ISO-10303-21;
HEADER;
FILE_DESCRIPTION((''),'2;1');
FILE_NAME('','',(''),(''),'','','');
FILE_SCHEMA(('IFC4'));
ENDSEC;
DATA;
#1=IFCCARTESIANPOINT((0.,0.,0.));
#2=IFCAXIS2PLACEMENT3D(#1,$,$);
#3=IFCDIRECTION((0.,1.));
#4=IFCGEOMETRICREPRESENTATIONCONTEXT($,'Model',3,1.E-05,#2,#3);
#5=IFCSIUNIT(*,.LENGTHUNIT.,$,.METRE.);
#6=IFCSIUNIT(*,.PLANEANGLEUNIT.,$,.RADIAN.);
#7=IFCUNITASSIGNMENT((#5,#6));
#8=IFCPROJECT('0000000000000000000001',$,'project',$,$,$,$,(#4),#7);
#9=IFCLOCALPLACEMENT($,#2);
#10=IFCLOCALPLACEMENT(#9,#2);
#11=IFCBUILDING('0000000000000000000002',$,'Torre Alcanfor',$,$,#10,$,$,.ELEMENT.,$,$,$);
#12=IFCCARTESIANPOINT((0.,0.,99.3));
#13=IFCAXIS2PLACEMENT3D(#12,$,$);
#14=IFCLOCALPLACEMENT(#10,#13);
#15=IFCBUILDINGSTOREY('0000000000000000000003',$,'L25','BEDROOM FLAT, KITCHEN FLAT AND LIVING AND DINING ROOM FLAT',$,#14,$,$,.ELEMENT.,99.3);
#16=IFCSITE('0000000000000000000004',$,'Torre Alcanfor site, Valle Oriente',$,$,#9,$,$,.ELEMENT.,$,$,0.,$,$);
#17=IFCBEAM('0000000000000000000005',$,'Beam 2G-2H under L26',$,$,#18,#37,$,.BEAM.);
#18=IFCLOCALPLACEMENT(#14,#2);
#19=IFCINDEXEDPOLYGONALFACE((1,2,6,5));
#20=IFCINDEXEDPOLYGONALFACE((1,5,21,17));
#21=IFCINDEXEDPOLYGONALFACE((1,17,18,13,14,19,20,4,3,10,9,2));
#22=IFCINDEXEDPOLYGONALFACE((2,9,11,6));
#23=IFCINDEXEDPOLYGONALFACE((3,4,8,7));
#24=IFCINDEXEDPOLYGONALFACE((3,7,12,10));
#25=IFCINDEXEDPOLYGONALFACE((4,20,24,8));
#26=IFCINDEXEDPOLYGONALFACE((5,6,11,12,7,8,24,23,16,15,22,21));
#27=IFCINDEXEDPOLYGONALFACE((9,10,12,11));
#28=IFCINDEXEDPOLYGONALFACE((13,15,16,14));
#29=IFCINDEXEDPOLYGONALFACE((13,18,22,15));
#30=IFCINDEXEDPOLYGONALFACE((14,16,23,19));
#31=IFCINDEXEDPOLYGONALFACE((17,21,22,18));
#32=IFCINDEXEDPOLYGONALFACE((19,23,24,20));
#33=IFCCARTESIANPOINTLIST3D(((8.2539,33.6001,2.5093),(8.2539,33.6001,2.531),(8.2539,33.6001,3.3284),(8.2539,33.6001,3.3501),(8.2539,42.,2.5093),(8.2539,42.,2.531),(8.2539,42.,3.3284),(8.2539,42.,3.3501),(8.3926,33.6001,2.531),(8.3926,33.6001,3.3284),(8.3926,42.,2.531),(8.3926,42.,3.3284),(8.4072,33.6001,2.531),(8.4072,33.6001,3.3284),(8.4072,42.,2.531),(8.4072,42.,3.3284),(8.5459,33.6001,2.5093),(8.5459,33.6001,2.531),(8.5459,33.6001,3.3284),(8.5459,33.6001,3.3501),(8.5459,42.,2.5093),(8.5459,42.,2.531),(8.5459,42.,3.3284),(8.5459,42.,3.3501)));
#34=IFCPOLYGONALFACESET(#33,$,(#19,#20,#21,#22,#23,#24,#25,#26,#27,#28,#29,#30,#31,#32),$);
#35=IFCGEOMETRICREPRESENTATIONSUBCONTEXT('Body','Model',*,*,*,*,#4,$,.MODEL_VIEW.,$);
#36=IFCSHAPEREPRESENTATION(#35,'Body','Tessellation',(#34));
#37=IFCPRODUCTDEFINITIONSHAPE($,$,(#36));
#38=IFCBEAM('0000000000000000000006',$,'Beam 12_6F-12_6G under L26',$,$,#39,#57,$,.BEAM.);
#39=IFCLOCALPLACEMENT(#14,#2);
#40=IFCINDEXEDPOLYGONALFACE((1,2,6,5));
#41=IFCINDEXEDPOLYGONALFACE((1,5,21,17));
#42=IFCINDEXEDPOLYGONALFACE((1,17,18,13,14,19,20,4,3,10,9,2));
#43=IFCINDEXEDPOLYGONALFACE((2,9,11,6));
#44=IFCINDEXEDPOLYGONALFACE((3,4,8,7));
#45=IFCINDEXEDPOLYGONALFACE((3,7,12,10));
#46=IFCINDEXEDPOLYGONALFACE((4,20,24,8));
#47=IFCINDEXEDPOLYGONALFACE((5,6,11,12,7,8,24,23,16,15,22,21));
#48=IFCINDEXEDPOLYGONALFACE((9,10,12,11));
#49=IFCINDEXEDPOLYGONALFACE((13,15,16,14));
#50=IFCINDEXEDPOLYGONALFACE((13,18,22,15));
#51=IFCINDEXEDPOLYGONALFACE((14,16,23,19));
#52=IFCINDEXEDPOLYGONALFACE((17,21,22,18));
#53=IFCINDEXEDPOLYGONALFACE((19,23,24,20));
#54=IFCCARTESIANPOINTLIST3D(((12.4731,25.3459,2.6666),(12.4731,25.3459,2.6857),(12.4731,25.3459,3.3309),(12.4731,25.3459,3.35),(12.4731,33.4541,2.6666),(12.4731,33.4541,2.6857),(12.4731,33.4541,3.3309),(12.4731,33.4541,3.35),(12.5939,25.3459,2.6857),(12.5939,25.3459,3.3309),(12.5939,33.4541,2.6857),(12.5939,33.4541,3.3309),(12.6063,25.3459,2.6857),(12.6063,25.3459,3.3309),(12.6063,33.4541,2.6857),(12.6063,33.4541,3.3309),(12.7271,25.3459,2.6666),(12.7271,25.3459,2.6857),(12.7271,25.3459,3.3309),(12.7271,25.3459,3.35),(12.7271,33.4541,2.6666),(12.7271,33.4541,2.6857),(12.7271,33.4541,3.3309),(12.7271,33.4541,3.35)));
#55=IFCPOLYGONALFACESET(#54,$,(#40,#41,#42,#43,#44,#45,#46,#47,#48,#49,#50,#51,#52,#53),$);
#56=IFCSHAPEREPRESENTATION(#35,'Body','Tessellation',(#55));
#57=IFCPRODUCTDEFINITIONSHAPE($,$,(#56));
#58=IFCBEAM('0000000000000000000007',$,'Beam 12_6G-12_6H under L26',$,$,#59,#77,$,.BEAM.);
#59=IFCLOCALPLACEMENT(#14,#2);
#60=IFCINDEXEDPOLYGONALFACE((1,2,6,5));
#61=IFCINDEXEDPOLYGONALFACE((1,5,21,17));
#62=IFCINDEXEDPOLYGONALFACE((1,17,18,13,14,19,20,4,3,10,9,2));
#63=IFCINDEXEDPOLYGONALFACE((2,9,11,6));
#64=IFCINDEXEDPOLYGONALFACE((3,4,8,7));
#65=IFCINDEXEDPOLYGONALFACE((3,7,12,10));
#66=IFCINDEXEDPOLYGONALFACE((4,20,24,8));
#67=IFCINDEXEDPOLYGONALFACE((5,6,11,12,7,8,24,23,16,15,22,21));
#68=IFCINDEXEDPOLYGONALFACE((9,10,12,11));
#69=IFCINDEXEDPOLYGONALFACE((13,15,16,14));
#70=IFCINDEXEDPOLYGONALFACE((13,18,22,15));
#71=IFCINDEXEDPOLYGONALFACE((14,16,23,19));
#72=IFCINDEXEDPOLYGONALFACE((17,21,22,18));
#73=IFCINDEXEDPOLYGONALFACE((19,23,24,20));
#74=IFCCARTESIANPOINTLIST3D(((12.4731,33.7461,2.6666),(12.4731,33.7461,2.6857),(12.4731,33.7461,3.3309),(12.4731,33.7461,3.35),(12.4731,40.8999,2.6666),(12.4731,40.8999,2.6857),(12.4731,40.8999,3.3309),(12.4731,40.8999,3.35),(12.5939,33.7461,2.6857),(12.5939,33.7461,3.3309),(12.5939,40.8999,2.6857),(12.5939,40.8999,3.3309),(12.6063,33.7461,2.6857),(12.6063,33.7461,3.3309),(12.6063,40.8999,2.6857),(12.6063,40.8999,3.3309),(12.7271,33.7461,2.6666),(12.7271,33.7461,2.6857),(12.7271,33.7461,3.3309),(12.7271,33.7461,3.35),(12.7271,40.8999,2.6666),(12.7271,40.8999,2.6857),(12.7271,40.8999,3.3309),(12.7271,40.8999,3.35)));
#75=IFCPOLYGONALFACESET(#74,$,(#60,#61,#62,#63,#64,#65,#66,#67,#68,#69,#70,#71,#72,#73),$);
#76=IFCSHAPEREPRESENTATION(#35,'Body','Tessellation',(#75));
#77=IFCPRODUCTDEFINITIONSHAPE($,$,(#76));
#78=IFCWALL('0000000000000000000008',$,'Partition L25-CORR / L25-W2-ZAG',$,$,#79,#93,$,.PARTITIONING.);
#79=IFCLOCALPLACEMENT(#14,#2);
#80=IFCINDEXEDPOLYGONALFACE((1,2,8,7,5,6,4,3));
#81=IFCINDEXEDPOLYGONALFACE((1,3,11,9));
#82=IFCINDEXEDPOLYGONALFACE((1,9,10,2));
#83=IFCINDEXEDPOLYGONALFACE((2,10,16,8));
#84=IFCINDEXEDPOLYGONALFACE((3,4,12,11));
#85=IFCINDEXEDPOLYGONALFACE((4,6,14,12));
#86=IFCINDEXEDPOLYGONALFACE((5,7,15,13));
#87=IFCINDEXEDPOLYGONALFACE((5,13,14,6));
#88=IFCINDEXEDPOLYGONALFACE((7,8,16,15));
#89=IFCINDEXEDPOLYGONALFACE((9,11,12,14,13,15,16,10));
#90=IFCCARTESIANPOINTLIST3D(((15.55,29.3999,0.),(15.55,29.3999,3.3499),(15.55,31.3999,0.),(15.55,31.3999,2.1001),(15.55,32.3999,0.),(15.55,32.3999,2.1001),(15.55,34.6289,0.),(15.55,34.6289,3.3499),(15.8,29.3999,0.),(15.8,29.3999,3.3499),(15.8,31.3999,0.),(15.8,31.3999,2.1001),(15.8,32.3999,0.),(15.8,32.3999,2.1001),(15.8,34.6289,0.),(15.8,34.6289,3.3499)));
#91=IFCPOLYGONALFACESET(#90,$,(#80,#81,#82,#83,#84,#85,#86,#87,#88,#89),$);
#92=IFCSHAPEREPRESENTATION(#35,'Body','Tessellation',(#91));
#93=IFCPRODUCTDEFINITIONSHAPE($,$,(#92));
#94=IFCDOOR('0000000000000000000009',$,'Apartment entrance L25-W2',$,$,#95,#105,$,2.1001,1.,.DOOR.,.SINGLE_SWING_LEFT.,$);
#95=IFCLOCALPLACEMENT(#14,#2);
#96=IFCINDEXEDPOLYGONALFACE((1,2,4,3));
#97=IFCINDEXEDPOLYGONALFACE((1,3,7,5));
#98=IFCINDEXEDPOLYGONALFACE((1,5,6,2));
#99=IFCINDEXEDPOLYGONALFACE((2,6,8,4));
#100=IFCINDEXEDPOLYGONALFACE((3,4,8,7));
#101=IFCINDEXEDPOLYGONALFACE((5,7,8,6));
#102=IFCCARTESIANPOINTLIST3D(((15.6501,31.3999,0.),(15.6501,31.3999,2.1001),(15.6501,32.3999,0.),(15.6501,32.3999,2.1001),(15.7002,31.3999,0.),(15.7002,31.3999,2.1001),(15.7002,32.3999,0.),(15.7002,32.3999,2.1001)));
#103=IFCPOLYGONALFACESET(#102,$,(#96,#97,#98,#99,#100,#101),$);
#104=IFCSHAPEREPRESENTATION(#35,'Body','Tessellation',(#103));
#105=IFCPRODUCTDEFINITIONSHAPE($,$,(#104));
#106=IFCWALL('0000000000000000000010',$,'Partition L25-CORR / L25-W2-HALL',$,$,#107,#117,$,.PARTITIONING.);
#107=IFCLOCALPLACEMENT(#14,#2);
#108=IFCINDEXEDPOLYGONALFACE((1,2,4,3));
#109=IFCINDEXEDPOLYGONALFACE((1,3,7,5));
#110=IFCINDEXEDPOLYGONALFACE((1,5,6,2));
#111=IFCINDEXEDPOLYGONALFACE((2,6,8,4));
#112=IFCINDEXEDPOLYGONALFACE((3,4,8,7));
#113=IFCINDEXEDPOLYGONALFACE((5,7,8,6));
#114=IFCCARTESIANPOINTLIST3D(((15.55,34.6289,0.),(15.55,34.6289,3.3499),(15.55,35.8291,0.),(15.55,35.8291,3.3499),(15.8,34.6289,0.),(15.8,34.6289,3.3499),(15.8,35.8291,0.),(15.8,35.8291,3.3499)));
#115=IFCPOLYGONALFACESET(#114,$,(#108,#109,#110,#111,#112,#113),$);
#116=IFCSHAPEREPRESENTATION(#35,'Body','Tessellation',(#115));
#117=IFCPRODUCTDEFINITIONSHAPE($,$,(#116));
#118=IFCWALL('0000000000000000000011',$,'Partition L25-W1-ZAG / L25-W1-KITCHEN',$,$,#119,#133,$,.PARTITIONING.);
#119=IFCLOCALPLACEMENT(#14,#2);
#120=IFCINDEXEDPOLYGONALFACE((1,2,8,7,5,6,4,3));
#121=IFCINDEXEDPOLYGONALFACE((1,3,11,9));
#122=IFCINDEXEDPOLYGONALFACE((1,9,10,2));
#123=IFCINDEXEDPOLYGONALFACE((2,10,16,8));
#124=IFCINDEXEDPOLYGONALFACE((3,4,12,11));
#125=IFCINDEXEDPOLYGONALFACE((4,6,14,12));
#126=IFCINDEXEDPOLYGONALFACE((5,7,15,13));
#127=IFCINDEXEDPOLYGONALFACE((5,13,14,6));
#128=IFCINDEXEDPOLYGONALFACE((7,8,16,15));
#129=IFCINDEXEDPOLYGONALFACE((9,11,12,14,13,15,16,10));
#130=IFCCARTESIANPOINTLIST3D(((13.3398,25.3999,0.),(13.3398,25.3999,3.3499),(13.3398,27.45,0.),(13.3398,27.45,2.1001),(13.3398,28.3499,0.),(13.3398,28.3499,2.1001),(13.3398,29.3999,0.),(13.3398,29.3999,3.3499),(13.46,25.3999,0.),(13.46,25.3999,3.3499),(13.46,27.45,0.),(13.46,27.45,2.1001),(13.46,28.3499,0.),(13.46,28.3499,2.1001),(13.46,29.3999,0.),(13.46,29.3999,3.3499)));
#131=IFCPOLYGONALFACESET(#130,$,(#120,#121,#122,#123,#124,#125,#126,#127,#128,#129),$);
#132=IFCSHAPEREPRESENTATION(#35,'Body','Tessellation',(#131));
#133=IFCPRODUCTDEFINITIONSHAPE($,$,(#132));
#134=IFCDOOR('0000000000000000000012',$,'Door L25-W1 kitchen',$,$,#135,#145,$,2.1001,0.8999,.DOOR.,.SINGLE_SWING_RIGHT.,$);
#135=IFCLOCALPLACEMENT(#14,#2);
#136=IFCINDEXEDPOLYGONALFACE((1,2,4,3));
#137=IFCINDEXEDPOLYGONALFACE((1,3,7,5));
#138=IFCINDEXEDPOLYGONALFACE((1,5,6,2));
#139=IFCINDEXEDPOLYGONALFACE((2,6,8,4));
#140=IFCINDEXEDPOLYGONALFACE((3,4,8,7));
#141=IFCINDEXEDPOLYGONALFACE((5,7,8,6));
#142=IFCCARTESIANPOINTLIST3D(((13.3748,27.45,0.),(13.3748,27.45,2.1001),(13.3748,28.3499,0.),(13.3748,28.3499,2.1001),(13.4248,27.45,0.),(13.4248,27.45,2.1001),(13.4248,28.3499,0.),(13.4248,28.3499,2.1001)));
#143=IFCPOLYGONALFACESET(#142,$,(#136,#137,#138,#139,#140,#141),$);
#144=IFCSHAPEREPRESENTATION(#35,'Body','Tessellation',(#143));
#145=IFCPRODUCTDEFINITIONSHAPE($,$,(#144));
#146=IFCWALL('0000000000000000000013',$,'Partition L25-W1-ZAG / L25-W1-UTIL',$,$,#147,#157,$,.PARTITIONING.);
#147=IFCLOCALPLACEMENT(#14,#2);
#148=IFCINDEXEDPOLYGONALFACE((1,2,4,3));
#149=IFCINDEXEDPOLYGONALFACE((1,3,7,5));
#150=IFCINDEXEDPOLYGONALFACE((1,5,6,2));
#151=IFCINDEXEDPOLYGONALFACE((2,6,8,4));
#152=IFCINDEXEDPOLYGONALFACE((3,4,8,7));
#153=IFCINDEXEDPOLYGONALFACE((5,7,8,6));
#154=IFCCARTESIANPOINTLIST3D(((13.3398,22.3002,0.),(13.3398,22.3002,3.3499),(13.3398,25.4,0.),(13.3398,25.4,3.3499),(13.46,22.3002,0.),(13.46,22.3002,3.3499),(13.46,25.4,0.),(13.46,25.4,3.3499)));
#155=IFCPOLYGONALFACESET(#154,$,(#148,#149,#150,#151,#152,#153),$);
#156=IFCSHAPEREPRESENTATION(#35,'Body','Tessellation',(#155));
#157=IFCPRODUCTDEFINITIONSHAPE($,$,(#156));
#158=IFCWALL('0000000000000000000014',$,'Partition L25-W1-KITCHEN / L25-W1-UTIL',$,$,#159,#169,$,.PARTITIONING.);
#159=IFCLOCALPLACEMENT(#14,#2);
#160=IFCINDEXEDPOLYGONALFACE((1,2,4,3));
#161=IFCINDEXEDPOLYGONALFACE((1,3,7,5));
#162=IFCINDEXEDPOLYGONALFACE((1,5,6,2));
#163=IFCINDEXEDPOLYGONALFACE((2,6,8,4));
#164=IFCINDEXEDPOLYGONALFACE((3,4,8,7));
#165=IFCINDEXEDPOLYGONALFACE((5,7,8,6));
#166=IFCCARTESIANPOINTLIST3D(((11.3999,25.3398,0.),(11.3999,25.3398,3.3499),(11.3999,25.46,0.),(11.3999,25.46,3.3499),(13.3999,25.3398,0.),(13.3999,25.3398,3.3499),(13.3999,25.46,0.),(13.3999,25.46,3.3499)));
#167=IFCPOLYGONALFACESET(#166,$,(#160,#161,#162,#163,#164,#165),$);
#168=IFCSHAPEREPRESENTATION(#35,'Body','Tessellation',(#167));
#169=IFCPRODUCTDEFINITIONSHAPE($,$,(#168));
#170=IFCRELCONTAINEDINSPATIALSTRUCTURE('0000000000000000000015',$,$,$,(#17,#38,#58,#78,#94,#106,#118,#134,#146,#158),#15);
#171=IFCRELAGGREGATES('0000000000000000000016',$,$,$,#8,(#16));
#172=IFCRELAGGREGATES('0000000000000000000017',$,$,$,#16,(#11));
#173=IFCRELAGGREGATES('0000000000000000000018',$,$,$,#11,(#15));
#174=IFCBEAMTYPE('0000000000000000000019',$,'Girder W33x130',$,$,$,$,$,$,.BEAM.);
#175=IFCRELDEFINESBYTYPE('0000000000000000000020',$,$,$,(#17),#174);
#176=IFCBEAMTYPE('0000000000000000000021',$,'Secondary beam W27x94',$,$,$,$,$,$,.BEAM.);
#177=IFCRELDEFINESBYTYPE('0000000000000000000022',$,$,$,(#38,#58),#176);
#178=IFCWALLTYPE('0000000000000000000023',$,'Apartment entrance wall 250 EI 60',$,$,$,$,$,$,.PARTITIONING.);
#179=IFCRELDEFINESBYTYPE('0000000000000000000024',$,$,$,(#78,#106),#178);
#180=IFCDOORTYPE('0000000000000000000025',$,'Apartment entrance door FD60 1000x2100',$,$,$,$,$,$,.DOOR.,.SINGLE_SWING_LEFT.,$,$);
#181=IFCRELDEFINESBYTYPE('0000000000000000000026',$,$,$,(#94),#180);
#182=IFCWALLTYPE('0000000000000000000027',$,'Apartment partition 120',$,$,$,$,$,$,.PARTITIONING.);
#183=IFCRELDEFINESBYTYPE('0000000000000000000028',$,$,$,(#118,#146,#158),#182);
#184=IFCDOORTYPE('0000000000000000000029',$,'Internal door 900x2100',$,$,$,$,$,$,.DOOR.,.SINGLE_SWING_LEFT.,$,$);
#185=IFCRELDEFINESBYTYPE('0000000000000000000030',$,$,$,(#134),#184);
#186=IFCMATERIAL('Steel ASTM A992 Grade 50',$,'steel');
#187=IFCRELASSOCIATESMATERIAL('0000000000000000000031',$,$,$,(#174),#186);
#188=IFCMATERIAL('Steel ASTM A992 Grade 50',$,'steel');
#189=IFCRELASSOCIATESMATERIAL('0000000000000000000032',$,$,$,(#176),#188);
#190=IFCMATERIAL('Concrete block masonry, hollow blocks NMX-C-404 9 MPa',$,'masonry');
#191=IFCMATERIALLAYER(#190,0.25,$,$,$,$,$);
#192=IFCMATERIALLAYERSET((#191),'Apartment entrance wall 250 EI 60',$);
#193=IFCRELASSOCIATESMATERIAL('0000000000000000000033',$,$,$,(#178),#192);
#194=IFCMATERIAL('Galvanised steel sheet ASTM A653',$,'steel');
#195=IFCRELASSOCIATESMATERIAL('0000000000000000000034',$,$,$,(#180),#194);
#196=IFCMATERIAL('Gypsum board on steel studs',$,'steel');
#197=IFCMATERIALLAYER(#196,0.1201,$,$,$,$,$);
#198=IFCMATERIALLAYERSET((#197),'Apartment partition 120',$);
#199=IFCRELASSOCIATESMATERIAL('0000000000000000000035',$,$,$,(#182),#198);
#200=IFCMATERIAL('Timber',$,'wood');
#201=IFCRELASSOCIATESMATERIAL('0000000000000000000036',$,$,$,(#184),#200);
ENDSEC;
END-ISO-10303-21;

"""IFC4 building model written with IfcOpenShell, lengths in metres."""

from ifc_helpers import new_model, si_unit, direction, frame, frame_2d, origin, origin_2d, place, context, subcontext, project, spatial, rectangle, i_section, extrude, material, layer, layer_set, material_profile, profile_set, type_object, element, fill, save


model = new_model("IFC4")

# Units and contexts
model_context = context("Model", 3, precision=1e-05, world=origin(), true_north=direction((0.0, 1.0)))
body_context = subcontext(model_context, "Body", "Model", "MODEL_VIEW")
ifc_project = project(units=[si_unit("LENGTHUNIT", "METRE"), si_unit("PLANEANGLEUNIT", "RADIAN")], contexts=[model_context])

# Site, building, storey
site_placement = place(None, origin())
site = spatial("IfcSite", under=ifc_project, at=site_placement, Name="Torre Alcanfor site, Valle Oriente", CompositionType="ELEMENT", RefElevation=0.0)
building_placement = place(site_placement, origin())
building = spatial("IfcBuilding", under=site, at=building_placement, Name="Torre Alcanfor", CompositionType="ELEMENT")
storey_placement = place(building_placement, frame((0.0, 0.0, 99.3)))
storey = spatial("IfcBuildingStorey", under=building, at=storey_placement, Name="L25", Description="BEDROOM FLAT, KITCHEN FLAT AND LIVING AND DINING ROOM FLAT", CompositionType="ELEMENT", Elevation=99.3)

# Beams
ifc_material_1 = material(Name="Steel ASTM A992 Grade 50", Category="steel")
ifc_material_profile_1 = material_profile(ifc_material_1, i_section(OverallWidth=0.292, OverallDepth=0.8408, WebThickness=0.0146, FlangeThickness=0.0217, at=origin_2d()), Name="W33x130")
ifc_profile_set_1 = profile_set([ifc_material_profile_1], Name="Steel ASTM A992 Grade 50")
beam_type_1 = type_object("IfcBeamType", Name="Girder W33x130", PredefinedType="BEAM", material=ifc_profile_set_1)
beam_1_placement = place(storey_placement, frame((8.3999, 33.6001, 2.9297), z_axis=(0.0, 1.0, 0.0), x_axis=(-1.0, 0.0, 0.0)))
element("IfcBeam", 1, at=beam_1_placement, inside=storey, type_object=beam_type_1, Name="Beam 2G-2H under L26", PredefinedType="BEAM", context=body_context, shape_type="SweptSolid", body=[
    extrude(i_section(OverallWidth=0.292, OverallDepth=0.8408, WebThickness=0.0146, FlangeThickness=0.0217, at=origin_2d()), origin(), (0.0, 0.0, 1.0), 8.3999),
])
ifc_material_2 = material(Name="Steel ASTM A992 Grade 50", Category="steel")
ifc_material_profile_2 = material_profile(ifc_material_2, i_section(OverallWidth=0.2539, OverallDepth=0.6833, WebThickness=0.0125, FlangeThickness=0.019, at=origin_2d()), Name="W27x94")
ifc_profile_set_2 = profile_set([ifc_material_profile_2], Name="Steel ASTM A992 Grade 50")
beam_type_2 = type_object("IfcBeamType", Name="Secondary beam W27x94", PredefinedType="BEAM", material=ifc_profile_set_2)
beam_2_placement = place(storey_placement, frame((12.6001, 25.3459, 3.0083), z_axis=(0.0, 1.0, 0.0), x_axis=(-1.0, 0.0, 0.0)))
element("IfcBeam", 2, at=beam_2_placement, inside=storey, type_object=beam_type_2, Name="Beam 12_6F-12_6G under L26", PredefinedType="BEAM", context=body_context, shape_type="SweptSolid", body=[
    extrude(i_section(OverallWidth=0.2539, OverallDepth=0.6833, WebThickness=0.0125, FlangeThickness=0.019, at=origin_2d()), origin(), (0.0, 0.0, 1.0), 8.1082),
])
beam_3_placement = place(storey_placement, frame((12.6001, 33.7461, 3.0083), z_axis=(0.0, 1.0, 0.0), x_axis=(-1.0, 0.0, 0.0)))
element("IfcBeam", 3, at=beam_3_placement, inside=storey, type_object=beam_type_2, Name="Beam 12_6G-12_6H under L26", PredefinedType="BEAM", context=body_context, shape_type="SweptSolid", body=[
    extrude(i_section(OverallWidth=0.2539, OverallDepth=0.6833, WebThickness=0.0125, FlangeThickness=0.019, at=origin_2d()), origin(), (0.0, 0.0, 1.0), 7.1538),
])

# Wall, opening, door
ifc_material_3 = material(Name="Concrete block masonry, hollow blocks NMX-C-404 9 MPa", Category="masonry")
ifc_layer_1 = layer(ifc_material_3, 0.25)
ifc_layer_set_1 = layer_set([ifc_layer_1], Name="Apartment entrance wall 250 EI 60")
wall_type_1 = type_object("IfcWallType", Name="Apartment entrance wall 250 EI 60", PredefinedType="PARTITIONING", material=ifc_layer_set_1)
wall_1_placement = place(storey_placement, frame((15.675, 29.3999, 0.0), z_axis=(0.0, 0.0, 1.0), x_axis=(0.0, 1.0, 0.0)))
wall_1 = element("IfcWall", 4, at=wall_1_placement, inside=storey, type_object=wall_type_1, Name="Partition L25-CORR / L25-W2-ZAG", PredefinedType="PARTITIONING", context=body_context, shape_type="SweptSolid", body=[
    extrude(rectangle(XDim=5.229, YDim=0.25, at=frame_2d((2.6145, 0.0))), origin(), (0.0, 0.0, 1.0), 3.3499),
])
opening_1_placement = place(wall_1_placement, frame((2.0, 0.0, 0.0)))
opening_1 = element("IfcOpeningElement", 5, at=opening_1_placement, cuts=wall_1, PredefinedType="OPENING", context=body_context, shape_type="SweptSolid", body=[
    extrude(rectangle(XDim=1.0, YDim=2.1001, at=frame_2d((0.5, 1.05))), frame((0.0, 0.135, 0.0), z_axis=(0.0, -1.0, 0.0), x_axis=(1.0, 0.0, 0.0)), (0.0, 0.0, 1.0), 0.27),
])
ifc_material_4 = material(Name="Galvanised steel sheet ASTM A653", Category="steel")
door_type_1 = type_object("IfcDoorType", Name="Apartment entrance door FD60 1000x2100", OperationType="SINGLE_SWING_LEFT", PredefinedType="DOOR", material=ifc_material_4)
door_1_placement = place(opening_1_placement, origin())
door_1 = element("IfcDoor", 6, at=door_1_placement, inside=storey, type_object=door_type_1, Name="Apartment entrance L25-W2", OperationType="SINGLE_SWING_LEFT", OverallHeight=2.1001, OverallWidth=1.0, PredefinedType="DOOR", context=body_context, shape_type="SweptSolid", body=[
    extrude(rectangle(XDim=1.0, YDim=2.1001, at=frame_2d((0.5, 1.05))), frame((0.0, 0.0249, 0.0), z_axis=(0.0, -1.0, 0.0), x_axis=(1.0, 0.0, 0.0)), (0.0, 0.0, 1.0), 0.05),
])
fill(opening_1, door_1)

# Wall
wall_2_placement = place(storey_placement, frame((15.675, 34.6289, 0.0), z_axis=(0.0, 0.0, 1.0), x_axis=(0.0, 1.0, 0.0)))
element("IfcWall", 7, at=wall_2_placement, inside=storey, type_object=wall_type_1, Name="Partition L25-CORR / L25-W2-HALL", PredefinedType="PARTITIONING", context=body_context, shape_type="SweptSolid", body=[
    extrude(rectangle(XDim=1.2002, YDim=0.25, at=frame_2d((0.6001, 0.0))), origin(), (0.0, 0.0, 1.0), 3.3499),
])

# Wall, opening, door
ifc_material_5 = material(Name="Gypsum board on steel studs", Category="steel")
ifc_layer_2 = layer(ifc_material_5, 0.1201)
ifc_layer_set_2 = layer_set([ifc_layer_2], Name="Apartment partition 120")
wall_type_2 = type_object("IfcWallType", Name="Apartment partition 120", PredefinedType="PARTITIONING", material=ifc_layer_set_2)
wall_3_placement = place(storey_placement, frame((13.3999, 29.3999, 0.0), z_axis=(0.0, 0.0, 1.0), x_axis=(0.0, -1.0, 0.0)))
wall_3 = element("IfcWall", 8, at=wall_3_placement, inside=storey, type_object=wall_type_2, Name="Partition L25-W1-ZAG / L25-W1-KITCHEN", PredefinedType="PARTITIONING", context=body_context, shape_type="SweptSolid", body=[
    extrude(rectangle(XDim=4.0, YDim=0.1201, at=frame_2d((2.0, 0.0))), origin(), (0.0, 0.0, 1.0), 3.3499),
])
opening_2_placement = place(wall_3_placement, frame((1.05, 0.0, 0.0)))
opening_2 = element("IfcOpeningElement", 9, at=opening_2_placement, cuts=wall_3, PredefinedType="OPENING", context=body_context, shape_type="SweptSolid", body=[
    extrude(rectangle(XDim=0.8999, YDim=2.1001, at=frame_2d((0.45, 1.05))), frame((0.0, 0.0701, 0.0), z_axis=(0.0, -1.0, 0.0), x_axis=(1.0, 0.0, 0.0)), (0.0, 0.0, 1.0), 0.1401),
])
ifc_material_6 = material(Name="Timber", Category="wood")
door_type_2 = type_object("IfcDoorType", Name="Internal door 900x2100", OperationType="SINGLE_SWING_LEFT", PredefinedType="DOOR", material=ifc_material_6)
door_2_placement = place(opening_2_placement, frame((0.8999, 0.0, 0.0), z_axis=(0.0, 0.0, 1.0), x_axis=(-1.0, 0.0, 0.0)))
door_2 = element("IfcDoor", 10, at=door_2_placement, inside=storey, type_object=door_type_2, Name="Door L25-W1 kitchen", OperationType="SINGLE_SWING_RIGHT", OverallHeight=2.1001, OverallWidth=0.8999, PredefinedType="DOOR", context=body_context, shape_type="SweptSolid", body=[
    extrude(rectangle(XDim=0.8999, YDim=2.1001, at=frame_2d((0.45, 1.05))), frame((0.0, 0.0251, 0.0), z_axis=(0.0, -1.0, 0.0), x_axis=(1.0, 0.0, 0.0)), (0.0, 0.0, 1.0), 0.05),
])
fill(opening_2, door_2)

# Walls
wall_4_placement = place(storey_placement, frame((13.3999, 25.3999, 0.0), z_axis=(0.0, 0.0, 1.0), x_axis=(0.0, -1.0, 0.0)))
element("IfcWall", 11, at=wall_4_placement, inside=storey, type_object=wall_type_2, Name="Partition L25-W1-ZAG / L25-W1-UTIL", PredefinedType="PARTITIONING", context=body_context, shape_type="SweptSolid", body=[
    extrude(rectangle(XDim=3.0999, YDim=0.1201, at=frame_2d((1.5498, 0.0))), origin(), (0.0, 0.0, 1.0), 3.3499),
])
wall_5_placement = place(storey_placement, frame((13.3999, 25.3999, 0.0), z_axis=(0.0, 0.0, 1.0), x_axis=(-1.0, 0.0, 0.0)))
element("IfcWall", 12, at=wall_5_placement, inside=storey, type_object=wall_type_2, Name="Partition L25-W1-KITCHEN / L25-W1-UTIL", PredefinedType="PARTITIONING", context=body_context, shape_type="SweptSolid", body=[
    extrude(rectangle(XDim=2.0, YDim=0.1201, at=frame_2d((1.0, 0.0))), origin(), (0.0, 0.0, 1.0), 3.3499),
])

save(model, "model.ifc")
